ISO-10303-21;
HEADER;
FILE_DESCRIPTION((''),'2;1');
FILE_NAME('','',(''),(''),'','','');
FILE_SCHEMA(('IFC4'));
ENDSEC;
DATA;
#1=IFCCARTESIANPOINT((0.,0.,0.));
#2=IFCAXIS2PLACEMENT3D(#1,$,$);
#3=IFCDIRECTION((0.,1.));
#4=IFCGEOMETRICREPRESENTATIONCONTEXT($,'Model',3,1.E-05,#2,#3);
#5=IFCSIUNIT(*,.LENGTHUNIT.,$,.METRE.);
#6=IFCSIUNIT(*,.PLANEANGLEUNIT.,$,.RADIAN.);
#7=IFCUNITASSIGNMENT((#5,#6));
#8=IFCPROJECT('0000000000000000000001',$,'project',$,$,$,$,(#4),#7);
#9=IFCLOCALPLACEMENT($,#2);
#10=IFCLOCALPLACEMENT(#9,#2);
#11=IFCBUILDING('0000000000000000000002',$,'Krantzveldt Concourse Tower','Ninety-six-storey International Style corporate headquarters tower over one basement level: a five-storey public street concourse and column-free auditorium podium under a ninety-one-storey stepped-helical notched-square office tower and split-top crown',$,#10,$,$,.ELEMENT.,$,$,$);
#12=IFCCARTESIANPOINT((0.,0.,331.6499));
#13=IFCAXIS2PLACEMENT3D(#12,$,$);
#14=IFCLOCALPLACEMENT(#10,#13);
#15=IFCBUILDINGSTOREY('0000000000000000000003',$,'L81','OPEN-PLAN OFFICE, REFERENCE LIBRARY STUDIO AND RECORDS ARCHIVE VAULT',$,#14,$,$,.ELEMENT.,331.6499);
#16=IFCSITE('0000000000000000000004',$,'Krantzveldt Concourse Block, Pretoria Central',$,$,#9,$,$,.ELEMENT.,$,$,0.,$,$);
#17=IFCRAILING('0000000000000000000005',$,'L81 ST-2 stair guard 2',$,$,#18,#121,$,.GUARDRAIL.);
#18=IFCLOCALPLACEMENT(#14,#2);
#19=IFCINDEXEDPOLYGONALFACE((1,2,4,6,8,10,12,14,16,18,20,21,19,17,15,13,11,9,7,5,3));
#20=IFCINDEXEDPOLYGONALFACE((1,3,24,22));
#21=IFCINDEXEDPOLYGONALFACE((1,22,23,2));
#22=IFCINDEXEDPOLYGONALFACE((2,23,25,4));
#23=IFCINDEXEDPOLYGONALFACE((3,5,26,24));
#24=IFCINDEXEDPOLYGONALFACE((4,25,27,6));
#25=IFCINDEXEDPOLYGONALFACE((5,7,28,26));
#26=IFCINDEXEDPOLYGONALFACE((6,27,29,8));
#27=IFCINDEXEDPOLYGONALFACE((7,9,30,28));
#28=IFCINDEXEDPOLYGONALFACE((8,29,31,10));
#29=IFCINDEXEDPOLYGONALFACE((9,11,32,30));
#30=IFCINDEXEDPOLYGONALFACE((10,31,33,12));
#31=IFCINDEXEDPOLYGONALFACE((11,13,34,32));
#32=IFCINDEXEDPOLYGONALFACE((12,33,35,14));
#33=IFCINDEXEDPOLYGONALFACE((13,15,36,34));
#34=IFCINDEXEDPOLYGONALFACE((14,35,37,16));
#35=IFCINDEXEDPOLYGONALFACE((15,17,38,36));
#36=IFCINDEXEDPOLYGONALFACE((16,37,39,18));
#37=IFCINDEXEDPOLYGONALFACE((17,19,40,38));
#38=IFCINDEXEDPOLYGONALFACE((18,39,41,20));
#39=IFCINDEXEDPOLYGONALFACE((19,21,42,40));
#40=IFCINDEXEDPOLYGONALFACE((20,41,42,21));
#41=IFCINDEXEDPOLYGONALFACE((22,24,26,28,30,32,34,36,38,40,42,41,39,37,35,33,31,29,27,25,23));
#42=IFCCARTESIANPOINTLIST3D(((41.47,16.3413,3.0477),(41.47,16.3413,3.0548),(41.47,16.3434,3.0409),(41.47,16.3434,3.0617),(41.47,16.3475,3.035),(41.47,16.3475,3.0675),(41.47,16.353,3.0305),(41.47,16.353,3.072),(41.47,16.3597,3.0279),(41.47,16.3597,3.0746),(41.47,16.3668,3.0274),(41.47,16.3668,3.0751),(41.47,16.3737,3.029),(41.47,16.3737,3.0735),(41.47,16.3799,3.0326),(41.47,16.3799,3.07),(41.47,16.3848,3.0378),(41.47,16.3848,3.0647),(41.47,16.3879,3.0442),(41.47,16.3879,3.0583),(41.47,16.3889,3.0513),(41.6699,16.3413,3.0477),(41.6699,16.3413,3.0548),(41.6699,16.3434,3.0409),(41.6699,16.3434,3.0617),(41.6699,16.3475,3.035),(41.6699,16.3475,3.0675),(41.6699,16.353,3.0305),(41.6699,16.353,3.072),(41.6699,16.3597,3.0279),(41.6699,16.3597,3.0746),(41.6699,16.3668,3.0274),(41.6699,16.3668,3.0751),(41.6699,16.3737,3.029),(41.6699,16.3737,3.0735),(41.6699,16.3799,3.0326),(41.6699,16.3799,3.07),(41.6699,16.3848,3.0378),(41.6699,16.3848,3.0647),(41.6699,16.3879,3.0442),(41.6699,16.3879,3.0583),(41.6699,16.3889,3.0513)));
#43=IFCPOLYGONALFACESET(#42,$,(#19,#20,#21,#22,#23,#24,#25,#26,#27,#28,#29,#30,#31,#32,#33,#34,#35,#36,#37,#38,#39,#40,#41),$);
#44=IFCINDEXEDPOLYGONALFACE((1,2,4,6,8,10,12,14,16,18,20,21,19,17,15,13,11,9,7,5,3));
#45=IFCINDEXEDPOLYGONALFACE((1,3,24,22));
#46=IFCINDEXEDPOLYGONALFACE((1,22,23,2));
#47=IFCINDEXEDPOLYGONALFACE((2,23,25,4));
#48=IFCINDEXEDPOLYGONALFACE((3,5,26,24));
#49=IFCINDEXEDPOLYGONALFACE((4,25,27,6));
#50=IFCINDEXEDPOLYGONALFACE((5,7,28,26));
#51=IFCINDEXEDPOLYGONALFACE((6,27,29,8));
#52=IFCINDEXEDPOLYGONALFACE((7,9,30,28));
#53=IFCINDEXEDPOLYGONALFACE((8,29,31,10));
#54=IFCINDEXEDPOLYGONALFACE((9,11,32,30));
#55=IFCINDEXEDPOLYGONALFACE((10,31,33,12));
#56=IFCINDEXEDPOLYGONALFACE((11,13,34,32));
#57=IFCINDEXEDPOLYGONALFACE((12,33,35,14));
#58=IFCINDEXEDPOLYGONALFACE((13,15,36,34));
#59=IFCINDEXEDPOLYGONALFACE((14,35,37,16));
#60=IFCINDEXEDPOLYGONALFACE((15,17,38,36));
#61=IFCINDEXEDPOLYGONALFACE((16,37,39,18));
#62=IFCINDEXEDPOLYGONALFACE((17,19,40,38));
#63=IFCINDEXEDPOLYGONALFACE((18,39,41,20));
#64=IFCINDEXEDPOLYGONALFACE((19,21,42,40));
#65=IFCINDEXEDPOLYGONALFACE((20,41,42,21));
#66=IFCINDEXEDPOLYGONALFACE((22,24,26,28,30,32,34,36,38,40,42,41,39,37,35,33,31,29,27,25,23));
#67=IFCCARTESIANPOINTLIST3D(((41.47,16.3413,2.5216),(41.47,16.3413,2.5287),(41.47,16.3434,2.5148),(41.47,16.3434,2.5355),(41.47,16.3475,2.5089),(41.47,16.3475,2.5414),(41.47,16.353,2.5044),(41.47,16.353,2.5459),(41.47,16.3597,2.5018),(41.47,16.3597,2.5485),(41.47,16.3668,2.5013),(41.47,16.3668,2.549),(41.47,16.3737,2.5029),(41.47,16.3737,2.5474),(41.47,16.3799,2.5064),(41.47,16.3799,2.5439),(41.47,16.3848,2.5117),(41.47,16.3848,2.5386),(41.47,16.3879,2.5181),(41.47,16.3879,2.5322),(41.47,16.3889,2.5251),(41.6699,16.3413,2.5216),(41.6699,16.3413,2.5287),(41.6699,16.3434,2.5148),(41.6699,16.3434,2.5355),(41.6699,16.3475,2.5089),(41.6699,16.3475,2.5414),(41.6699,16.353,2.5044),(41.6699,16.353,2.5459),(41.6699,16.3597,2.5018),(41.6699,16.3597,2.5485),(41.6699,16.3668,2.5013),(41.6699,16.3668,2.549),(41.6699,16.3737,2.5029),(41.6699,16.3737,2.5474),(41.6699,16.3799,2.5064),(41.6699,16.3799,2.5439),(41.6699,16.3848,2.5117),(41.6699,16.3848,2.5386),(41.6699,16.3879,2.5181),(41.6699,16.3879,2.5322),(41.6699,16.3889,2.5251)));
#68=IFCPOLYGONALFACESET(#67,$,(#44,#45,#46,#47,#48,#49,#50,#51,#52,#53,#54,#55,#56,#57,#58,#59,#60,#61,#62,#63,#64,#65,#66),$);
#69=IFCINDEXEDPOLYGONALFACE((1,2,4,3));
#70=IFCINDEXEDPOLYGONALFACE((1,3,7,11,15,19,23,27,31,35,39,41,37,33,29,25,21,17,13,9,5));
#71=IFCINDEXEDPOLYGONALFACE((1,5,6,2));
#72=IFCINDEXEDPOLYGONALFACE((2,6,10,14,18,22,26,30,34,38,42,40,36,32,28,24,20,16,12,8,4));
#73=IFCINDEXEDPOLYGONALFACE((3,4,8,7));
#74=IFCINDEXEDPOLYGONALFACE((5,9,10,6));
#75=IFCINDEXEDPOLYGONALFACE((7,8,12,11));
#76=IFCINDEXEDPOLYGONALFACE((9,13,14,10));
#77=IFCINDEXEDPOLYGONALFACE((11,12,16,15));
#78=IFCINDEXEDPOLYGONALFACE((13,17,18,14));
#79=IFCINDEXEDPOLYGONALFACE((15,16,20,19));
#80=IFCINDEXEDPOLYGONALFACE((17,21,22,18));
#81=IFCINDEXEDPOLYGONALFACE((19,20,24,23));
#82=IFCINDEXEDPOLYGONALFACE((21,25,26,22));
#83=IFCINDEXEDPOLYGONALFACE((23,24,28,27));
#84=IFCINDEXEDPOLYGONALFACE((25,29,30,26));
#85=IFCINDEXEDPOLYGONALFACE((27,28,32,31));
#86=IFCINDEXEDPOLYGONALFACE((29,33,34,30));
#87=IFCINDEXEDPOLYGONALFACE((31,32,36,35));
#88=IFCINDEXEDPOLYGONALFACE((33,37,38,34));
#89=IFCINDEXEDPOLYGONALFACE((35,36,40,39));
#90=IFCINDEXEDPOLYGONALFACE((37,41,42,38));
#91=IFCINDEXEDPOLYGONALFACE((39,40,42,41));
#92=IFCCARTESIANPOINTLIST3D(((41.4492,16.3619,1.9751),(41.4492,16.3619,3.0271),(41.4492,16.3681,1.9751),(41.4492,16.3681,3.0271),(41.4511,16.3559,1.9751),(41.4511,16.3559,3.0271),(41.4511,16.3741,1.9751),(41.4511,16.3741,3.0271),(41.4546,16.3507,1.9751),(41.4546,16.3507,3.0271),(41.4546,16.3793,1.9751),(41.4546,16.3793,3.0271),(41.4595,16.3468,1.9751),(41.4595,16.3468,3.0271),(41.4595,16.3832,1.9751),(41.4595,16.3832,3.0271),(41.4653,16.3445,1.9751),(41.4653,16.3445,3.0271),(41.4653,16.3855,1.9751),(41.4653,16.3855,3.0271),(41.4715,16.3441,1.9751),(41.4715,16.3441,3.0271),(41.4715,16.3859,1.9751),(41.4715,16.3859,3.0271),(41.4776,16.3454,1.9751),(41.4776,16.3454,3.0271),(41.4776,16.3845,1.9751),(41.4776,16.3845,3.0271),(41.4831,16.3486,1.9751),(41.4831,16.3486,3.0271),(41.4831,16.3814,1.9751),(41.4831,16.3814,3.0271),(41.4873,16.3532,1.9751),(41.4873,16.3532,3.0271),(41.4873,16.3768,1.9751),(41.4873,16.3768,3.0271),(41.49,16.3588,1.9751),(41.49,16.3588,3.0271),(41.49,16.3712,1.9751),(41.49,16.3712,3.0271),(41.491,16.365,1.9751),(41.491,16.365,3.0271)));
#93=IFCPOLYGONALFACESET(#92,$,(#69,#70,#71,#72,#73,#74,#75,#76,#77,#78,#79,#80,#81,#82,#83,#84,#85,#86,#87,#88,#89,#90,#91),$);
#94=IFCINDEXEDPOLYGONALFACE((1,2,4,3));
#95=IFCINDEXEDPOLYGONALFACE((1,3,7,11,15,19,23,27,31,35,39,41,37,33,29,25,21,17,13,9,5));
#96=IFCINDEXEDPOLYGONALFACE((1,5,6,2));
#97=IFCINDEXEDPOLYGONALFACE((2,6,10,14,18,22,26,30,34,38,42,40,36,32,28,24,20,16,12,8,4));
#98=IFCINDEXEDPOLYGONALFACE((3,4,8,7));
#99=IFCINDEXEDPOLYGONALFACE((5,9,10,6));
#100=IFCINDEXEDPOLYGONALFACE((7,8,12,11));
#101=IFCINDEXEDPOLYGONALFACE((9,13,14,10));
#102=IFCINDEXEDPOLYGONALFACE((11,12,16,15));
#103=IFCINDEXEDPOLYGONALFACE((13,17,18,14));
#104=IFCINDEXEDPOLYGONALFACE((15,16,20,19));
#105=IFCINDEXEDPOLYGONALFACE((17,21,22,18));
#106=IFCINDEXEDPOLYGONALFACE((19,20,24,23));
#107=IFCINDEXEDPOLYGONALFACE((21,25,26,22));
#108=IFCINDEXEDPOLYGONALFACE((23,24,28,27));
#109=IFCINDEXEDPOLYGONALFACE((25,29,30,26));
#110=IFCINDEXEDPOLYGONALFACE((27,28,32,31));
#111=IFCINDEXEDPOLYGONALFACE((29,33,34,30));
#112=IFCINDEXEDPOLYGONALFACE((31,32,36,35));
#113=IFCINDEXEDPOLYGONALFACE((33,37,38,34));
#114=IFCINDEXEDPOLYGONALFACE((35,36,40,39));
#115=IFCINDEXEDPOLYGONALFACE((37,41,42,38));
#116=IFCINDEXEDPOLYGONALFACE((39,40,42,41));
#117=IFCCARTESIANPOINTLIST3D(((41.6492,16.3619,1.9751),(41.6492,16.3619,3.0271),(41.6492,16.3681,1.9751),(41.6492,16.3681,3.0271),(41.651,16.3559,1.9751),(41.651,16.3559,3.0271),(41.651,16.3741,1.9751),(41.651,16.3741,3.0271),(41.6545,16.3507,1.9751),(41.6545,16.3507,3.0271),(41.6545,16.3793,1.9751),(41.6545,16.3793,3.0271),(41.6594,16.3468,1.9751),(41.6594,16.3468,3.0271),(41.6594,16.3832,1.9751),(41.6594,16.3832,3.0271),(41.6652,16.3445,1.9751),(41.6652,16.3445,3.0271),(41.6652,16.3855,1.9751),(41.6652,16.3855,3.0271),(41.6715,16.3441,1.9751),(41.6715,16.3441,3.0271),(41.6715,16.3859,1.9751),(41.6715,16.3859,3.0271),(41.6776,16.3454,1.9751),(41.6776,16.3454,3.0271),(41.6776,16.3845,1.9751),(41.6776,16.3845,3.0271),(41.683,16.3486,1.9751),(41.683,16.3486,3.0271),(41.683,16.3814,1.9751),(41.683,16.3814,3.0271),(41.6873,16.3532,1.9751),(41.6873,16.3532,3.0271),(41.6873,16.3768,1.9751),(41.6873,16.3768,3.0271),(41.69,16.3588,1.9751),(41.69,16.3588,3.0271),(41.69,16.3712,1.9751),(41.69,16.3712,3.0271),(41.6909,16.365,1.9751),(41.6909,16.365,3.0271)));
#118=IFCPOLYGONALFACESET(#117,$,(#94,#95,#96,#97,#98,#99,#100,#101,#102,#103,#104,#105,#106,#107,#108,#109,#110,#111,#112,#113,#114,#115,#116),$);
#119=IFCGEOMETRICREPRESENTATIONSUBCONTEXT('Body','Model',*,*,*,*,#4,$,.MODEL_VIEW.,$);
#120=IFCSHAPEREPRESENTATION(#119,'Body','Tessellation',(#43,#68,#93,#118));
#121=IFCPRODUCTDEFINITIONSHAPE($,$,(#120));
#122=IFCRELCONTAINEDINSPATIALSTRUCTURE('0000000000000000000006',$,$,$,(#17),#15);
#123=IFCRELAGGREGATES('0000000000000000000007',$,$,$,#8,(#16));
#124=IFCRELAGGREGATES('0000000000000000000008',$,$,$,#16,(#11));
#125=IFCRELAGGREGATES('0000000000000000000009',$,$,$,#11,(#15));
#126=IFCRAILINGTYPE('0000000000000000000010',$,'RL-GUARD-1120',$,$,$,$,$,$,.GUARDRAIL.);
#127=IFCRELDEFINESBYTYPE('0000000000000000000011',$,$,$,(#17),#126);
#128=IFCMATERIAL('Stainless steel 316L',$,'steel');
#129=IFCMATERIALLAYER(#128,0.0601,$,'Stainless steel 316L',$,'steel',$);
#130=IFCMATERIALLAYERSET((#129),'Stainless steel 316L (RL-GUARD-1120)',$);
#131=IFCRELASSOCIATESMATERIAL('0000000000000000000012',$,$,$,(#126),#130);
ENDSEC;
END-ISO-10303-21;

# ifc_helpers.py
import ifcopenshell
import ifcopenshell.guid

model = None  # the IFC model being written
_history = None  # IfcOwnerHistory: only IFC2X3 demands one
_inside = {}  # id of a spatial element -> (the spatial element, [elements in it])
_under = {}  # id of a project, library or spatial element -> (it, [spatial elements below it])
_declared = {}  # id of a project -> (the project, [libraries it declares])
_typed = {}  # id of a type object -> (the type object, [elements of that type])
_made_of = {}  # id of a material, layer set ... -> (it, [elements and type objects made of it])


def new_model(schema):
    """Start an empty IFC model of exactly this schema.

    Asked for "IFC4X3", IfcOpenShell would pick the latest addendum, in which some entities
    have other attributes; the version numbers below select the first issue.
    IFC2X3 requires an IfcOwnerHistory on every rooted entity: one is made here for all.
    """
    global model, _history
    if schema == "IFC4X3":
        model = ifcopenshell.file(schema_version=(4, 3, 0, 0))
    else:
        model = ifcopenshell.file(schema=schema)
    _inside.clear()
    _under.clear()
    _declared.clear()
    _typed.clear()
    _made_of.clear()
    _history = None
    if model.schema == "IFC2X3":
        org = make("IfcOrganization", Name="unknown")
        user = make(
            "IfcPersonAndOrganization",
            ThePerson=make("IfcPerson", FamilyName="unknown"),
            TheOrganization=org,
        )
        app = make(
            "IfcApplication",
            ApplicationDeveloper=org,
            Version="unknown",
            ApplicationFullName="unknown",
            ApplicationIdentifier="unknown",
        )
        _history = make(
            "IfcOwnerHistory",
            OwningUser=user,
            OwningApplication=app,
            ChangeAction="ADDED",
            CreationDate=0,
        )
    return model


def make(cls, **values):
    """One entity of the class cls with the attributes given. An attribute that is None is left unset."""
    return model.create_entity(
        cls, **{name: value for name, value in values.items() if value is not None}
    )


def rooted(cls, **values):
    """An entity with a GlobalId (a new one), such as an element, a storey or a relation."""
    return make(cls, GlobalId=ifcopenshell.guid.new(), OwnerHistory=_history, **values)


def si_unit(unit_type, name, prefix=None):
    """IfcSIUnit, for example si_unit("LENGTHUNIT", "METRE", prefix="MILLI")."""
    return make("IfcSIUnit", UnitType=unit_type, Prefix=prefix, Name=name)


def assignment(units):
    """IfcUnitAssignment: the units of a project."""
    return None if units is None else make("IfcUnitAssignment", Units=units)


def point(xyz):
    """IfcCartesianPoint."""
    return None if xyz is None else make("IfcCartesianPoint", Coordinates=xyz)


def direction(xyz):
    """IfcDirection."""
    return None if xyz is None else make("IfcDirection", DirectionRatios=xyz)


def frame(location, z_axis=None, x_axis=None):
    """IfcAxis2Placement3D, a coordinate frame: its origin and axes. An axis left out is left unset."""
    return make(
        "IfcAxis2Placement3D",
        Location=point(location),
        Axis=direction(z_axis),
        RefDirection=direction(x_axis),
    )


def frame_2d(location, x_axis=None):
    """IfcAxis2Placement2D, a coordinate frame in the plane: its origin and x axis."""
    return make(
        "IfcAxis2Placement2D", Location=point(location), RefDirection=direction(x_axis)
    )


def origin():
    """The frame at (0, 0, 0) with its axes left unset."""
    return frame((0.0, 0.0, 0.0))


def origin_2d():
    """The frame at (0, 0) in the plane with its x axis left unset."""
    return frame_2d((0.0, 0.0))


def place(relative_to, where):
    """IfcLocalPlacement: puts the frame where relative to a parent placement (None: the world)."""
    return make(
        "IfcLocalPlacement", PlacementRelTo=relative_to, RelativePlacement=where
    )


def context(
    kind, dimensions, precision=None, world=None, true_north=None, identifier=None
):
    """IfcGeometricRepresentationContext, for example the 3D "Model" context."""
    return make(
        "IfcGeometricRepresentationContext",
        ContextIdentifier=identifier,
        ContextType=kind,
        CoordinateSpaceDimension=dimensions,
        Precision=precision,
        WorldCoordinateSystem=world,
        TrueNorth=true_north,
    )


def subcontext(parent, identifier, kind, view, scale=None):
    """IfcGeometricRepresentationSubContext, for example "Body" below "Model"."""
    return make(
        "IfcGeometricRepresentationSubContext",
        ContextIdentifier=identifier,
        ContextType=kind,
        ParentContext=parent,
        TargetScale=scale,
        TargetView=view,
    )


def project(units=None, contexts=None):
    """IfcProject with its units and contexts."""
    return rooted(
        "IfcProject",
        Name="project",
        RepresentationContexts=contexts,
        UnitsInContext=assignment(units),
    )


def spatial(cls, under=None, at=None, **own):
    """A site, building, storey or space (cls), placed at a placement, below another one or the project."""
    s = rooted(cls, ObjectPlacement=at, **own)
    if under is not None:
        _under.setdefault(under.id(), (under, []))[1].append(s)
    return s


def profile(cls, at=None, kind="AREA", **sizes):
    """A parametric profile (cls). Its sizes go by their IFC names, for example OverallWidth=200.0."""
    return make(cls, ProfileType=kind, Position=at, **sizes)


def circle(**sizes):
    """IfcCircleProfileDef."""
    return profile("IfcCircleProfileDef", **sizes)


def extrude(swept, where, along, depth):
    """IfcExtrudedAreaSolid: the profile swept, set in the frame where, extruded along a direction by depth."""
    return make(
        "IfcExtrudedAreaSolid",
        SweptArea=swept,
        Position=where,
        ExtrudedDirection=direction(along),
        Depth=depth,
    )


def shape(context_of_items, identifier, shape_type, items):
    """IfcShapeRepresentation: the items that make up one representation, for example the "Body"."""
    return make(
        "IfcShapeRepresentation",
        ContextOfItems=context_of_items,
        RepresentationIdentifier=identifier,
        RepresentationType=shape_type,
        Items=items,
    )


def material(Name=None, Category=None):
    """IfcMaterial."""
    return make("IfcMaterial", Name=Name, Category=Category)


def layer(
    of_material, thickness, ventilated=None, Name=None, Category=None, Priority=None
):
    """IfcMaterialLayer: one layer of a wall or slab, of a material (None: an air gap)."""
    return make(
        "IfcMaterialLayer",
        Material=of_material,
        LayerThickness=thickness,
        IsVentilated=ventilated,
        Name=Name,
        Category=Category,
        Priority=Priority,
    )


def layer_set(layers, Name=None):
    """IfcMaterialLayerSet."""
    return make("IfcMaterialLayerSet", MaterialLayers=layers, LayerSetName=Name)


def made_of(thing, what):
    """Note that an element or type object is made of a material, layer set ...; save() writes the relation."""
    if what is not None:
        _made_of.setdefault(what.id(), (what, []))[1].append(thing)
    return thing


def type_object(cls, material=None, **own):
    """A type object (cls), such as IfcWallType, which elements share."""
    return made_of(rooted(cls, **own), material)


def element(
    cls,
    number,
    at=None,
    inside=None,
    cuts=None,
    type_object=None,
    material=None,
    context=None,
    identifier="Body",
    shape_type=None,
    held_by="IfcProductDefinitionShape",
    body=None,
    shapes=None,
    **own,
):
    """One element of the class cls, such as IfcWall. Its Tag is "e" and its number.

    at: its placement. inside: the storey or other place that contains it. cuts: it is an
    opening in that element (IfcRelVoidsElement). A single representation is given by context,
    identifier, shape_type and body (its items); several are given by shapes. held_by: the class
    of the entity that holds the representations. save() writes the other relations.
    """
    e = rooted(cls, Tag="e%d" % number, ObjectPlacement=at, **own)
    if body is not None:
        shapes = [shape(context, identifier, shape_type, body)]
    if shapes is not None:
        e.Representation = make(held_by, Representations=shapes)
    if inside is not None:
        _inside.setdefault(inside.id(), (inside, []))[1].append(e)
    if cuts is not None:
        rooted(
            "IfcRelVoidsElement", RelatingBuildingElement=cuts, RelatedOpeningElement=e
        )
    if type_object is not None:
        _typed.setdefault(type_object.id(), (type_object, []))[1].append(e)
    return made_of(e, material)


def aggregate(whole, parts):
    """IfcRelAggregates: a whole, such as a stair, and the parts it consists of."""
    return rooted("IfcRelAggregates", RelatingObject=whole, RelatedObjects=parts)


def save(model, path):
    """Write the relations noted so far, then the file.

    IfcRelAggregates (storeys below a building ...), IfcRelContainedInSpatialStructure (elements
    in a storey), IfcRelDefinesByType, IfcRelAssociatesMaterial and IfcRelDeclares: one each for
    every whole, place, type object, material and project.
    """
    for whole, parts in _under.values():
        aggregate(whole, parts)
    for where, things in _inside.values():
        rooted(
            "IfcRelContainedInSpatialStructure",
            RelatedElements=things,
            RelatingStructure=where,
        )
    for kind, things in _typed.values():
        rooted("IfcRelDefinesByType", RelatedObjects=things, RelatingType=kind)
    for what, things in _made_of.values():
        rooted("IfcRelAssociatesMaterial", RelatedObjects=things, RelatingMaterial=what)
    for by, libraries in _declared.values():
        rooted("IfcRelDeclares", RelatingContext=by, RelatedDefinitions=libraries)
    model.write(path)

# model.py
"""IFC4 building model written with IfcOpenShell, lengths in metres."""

from ifc_helpers import new_model, si_unit, direction, frame, origin, origin_2d, place, context, subcontext, project, spatial, circle, extrude, material, layer, layer_set, type_object, element, save


model = new_model("IFC4")

# Units and contexts
model_context = context("Model", 3, precision=1e-05, world=origin(), true_north=direction((0.0, 1.0)))
body_context = subcontext(model_context, "Body", "Model", "MODEL_VIEW")
ifc_project = project(units=[si_unit("LENGTHUNIT", "METRE"), si_unit("PLANEANGLEUNIT", "RADIAN")], contexts=[model_context])

# Site, building, storey
site_placement = place(None, origin())
site = spatial("IfcSite", under=ifc_project, at=site_placement, Name="Krantzveldt Concourse Block, Pretoria Central", CompositionType="ELEMENT", RefElevation=0.0)
building_placement = place(site_placement, origin())
building = spatial("IfcBuilding", under=site, at=building_placement, Name="Krantzveldt Concourse Tower", Description="Ninety-six-storey International Style corporate headquarters tower over one basement level: a five-storey public street concourse and column-free auditorium podium under a ninety-one-storey stepped-helical notched-square office tower and split-top crown", CompositionType="ELEMENT")
storey_placement = place(building_placement, frame((0.0, 0.0, 331.6499)))
storey = spatial("IfcBuildingStorey", under=building, at=storey_placement, Name="L81", Description="OPEN-PLAN OFFICE, REFERENCE LIBRARY STUDIO AND RECORDS ARCHIVE VAULT", CompositionType="ELEMENT", Elevation=331.6499)

# Shared definitions
ifc_material_1 = material(Name="Stainless steel 316L", Category="steel")

# Railing
ifc_layer_1 = layer(ifc_material_1, 0.0601, Name="Stainless steel 316L", Category="steel")
ifc_layer_set_1 = layer_set([ifc_layer_1], Name="Stainless steel 316L (RL-GUARD-1120)")
railing_type_1 = type_object("IfcRailingType", Name="RL-GUARD-1120", PredefinedType="GUARDRAIL", material=ifc_layer_set_1)
railing_1_placement = place(storey_placement, frame((41.47, 16.365, 1.9751)))
element("IfcRailing", 1, at=railing_1_placement, inside=storey, type_object=railing_type_1, Name="L81 ST-2 stair guard 2", PredefinedType="GUARDRAIL", context=body_context, shape_type="SweptSolid", body=[
    extrude(circle(Radius=0.0239, at=origin_2d()), frame((0.0, 0.0, 1.0762), z_axis=(1.0, 0.0, 0.0), x_axis=(0.0, 1.0, 0.0)), (0.0, 0.0, 1.0), 0.2),
    extrude(circle(Radius=0.0239, at=origin_2d()), frame((0.0, 0.0, 0.55), z_axis=(1.0, 0.0, 0.0), x_axis=(0.0, 1.0, 0.0)), (0.0, 0.0, 1.0), 0.2),
    extrude(circle(Radius=0.021, at=origin_2d()), origin(), (0.0, 0.0, 1.0), 1.052),
    extrude(circle(Radius=0.021, at=origin_2d()), frame((0.2, 0.0, 0.0)), (0.0, 0.0, 1.0), 1.052),
])

save(model, "model.ifc")
